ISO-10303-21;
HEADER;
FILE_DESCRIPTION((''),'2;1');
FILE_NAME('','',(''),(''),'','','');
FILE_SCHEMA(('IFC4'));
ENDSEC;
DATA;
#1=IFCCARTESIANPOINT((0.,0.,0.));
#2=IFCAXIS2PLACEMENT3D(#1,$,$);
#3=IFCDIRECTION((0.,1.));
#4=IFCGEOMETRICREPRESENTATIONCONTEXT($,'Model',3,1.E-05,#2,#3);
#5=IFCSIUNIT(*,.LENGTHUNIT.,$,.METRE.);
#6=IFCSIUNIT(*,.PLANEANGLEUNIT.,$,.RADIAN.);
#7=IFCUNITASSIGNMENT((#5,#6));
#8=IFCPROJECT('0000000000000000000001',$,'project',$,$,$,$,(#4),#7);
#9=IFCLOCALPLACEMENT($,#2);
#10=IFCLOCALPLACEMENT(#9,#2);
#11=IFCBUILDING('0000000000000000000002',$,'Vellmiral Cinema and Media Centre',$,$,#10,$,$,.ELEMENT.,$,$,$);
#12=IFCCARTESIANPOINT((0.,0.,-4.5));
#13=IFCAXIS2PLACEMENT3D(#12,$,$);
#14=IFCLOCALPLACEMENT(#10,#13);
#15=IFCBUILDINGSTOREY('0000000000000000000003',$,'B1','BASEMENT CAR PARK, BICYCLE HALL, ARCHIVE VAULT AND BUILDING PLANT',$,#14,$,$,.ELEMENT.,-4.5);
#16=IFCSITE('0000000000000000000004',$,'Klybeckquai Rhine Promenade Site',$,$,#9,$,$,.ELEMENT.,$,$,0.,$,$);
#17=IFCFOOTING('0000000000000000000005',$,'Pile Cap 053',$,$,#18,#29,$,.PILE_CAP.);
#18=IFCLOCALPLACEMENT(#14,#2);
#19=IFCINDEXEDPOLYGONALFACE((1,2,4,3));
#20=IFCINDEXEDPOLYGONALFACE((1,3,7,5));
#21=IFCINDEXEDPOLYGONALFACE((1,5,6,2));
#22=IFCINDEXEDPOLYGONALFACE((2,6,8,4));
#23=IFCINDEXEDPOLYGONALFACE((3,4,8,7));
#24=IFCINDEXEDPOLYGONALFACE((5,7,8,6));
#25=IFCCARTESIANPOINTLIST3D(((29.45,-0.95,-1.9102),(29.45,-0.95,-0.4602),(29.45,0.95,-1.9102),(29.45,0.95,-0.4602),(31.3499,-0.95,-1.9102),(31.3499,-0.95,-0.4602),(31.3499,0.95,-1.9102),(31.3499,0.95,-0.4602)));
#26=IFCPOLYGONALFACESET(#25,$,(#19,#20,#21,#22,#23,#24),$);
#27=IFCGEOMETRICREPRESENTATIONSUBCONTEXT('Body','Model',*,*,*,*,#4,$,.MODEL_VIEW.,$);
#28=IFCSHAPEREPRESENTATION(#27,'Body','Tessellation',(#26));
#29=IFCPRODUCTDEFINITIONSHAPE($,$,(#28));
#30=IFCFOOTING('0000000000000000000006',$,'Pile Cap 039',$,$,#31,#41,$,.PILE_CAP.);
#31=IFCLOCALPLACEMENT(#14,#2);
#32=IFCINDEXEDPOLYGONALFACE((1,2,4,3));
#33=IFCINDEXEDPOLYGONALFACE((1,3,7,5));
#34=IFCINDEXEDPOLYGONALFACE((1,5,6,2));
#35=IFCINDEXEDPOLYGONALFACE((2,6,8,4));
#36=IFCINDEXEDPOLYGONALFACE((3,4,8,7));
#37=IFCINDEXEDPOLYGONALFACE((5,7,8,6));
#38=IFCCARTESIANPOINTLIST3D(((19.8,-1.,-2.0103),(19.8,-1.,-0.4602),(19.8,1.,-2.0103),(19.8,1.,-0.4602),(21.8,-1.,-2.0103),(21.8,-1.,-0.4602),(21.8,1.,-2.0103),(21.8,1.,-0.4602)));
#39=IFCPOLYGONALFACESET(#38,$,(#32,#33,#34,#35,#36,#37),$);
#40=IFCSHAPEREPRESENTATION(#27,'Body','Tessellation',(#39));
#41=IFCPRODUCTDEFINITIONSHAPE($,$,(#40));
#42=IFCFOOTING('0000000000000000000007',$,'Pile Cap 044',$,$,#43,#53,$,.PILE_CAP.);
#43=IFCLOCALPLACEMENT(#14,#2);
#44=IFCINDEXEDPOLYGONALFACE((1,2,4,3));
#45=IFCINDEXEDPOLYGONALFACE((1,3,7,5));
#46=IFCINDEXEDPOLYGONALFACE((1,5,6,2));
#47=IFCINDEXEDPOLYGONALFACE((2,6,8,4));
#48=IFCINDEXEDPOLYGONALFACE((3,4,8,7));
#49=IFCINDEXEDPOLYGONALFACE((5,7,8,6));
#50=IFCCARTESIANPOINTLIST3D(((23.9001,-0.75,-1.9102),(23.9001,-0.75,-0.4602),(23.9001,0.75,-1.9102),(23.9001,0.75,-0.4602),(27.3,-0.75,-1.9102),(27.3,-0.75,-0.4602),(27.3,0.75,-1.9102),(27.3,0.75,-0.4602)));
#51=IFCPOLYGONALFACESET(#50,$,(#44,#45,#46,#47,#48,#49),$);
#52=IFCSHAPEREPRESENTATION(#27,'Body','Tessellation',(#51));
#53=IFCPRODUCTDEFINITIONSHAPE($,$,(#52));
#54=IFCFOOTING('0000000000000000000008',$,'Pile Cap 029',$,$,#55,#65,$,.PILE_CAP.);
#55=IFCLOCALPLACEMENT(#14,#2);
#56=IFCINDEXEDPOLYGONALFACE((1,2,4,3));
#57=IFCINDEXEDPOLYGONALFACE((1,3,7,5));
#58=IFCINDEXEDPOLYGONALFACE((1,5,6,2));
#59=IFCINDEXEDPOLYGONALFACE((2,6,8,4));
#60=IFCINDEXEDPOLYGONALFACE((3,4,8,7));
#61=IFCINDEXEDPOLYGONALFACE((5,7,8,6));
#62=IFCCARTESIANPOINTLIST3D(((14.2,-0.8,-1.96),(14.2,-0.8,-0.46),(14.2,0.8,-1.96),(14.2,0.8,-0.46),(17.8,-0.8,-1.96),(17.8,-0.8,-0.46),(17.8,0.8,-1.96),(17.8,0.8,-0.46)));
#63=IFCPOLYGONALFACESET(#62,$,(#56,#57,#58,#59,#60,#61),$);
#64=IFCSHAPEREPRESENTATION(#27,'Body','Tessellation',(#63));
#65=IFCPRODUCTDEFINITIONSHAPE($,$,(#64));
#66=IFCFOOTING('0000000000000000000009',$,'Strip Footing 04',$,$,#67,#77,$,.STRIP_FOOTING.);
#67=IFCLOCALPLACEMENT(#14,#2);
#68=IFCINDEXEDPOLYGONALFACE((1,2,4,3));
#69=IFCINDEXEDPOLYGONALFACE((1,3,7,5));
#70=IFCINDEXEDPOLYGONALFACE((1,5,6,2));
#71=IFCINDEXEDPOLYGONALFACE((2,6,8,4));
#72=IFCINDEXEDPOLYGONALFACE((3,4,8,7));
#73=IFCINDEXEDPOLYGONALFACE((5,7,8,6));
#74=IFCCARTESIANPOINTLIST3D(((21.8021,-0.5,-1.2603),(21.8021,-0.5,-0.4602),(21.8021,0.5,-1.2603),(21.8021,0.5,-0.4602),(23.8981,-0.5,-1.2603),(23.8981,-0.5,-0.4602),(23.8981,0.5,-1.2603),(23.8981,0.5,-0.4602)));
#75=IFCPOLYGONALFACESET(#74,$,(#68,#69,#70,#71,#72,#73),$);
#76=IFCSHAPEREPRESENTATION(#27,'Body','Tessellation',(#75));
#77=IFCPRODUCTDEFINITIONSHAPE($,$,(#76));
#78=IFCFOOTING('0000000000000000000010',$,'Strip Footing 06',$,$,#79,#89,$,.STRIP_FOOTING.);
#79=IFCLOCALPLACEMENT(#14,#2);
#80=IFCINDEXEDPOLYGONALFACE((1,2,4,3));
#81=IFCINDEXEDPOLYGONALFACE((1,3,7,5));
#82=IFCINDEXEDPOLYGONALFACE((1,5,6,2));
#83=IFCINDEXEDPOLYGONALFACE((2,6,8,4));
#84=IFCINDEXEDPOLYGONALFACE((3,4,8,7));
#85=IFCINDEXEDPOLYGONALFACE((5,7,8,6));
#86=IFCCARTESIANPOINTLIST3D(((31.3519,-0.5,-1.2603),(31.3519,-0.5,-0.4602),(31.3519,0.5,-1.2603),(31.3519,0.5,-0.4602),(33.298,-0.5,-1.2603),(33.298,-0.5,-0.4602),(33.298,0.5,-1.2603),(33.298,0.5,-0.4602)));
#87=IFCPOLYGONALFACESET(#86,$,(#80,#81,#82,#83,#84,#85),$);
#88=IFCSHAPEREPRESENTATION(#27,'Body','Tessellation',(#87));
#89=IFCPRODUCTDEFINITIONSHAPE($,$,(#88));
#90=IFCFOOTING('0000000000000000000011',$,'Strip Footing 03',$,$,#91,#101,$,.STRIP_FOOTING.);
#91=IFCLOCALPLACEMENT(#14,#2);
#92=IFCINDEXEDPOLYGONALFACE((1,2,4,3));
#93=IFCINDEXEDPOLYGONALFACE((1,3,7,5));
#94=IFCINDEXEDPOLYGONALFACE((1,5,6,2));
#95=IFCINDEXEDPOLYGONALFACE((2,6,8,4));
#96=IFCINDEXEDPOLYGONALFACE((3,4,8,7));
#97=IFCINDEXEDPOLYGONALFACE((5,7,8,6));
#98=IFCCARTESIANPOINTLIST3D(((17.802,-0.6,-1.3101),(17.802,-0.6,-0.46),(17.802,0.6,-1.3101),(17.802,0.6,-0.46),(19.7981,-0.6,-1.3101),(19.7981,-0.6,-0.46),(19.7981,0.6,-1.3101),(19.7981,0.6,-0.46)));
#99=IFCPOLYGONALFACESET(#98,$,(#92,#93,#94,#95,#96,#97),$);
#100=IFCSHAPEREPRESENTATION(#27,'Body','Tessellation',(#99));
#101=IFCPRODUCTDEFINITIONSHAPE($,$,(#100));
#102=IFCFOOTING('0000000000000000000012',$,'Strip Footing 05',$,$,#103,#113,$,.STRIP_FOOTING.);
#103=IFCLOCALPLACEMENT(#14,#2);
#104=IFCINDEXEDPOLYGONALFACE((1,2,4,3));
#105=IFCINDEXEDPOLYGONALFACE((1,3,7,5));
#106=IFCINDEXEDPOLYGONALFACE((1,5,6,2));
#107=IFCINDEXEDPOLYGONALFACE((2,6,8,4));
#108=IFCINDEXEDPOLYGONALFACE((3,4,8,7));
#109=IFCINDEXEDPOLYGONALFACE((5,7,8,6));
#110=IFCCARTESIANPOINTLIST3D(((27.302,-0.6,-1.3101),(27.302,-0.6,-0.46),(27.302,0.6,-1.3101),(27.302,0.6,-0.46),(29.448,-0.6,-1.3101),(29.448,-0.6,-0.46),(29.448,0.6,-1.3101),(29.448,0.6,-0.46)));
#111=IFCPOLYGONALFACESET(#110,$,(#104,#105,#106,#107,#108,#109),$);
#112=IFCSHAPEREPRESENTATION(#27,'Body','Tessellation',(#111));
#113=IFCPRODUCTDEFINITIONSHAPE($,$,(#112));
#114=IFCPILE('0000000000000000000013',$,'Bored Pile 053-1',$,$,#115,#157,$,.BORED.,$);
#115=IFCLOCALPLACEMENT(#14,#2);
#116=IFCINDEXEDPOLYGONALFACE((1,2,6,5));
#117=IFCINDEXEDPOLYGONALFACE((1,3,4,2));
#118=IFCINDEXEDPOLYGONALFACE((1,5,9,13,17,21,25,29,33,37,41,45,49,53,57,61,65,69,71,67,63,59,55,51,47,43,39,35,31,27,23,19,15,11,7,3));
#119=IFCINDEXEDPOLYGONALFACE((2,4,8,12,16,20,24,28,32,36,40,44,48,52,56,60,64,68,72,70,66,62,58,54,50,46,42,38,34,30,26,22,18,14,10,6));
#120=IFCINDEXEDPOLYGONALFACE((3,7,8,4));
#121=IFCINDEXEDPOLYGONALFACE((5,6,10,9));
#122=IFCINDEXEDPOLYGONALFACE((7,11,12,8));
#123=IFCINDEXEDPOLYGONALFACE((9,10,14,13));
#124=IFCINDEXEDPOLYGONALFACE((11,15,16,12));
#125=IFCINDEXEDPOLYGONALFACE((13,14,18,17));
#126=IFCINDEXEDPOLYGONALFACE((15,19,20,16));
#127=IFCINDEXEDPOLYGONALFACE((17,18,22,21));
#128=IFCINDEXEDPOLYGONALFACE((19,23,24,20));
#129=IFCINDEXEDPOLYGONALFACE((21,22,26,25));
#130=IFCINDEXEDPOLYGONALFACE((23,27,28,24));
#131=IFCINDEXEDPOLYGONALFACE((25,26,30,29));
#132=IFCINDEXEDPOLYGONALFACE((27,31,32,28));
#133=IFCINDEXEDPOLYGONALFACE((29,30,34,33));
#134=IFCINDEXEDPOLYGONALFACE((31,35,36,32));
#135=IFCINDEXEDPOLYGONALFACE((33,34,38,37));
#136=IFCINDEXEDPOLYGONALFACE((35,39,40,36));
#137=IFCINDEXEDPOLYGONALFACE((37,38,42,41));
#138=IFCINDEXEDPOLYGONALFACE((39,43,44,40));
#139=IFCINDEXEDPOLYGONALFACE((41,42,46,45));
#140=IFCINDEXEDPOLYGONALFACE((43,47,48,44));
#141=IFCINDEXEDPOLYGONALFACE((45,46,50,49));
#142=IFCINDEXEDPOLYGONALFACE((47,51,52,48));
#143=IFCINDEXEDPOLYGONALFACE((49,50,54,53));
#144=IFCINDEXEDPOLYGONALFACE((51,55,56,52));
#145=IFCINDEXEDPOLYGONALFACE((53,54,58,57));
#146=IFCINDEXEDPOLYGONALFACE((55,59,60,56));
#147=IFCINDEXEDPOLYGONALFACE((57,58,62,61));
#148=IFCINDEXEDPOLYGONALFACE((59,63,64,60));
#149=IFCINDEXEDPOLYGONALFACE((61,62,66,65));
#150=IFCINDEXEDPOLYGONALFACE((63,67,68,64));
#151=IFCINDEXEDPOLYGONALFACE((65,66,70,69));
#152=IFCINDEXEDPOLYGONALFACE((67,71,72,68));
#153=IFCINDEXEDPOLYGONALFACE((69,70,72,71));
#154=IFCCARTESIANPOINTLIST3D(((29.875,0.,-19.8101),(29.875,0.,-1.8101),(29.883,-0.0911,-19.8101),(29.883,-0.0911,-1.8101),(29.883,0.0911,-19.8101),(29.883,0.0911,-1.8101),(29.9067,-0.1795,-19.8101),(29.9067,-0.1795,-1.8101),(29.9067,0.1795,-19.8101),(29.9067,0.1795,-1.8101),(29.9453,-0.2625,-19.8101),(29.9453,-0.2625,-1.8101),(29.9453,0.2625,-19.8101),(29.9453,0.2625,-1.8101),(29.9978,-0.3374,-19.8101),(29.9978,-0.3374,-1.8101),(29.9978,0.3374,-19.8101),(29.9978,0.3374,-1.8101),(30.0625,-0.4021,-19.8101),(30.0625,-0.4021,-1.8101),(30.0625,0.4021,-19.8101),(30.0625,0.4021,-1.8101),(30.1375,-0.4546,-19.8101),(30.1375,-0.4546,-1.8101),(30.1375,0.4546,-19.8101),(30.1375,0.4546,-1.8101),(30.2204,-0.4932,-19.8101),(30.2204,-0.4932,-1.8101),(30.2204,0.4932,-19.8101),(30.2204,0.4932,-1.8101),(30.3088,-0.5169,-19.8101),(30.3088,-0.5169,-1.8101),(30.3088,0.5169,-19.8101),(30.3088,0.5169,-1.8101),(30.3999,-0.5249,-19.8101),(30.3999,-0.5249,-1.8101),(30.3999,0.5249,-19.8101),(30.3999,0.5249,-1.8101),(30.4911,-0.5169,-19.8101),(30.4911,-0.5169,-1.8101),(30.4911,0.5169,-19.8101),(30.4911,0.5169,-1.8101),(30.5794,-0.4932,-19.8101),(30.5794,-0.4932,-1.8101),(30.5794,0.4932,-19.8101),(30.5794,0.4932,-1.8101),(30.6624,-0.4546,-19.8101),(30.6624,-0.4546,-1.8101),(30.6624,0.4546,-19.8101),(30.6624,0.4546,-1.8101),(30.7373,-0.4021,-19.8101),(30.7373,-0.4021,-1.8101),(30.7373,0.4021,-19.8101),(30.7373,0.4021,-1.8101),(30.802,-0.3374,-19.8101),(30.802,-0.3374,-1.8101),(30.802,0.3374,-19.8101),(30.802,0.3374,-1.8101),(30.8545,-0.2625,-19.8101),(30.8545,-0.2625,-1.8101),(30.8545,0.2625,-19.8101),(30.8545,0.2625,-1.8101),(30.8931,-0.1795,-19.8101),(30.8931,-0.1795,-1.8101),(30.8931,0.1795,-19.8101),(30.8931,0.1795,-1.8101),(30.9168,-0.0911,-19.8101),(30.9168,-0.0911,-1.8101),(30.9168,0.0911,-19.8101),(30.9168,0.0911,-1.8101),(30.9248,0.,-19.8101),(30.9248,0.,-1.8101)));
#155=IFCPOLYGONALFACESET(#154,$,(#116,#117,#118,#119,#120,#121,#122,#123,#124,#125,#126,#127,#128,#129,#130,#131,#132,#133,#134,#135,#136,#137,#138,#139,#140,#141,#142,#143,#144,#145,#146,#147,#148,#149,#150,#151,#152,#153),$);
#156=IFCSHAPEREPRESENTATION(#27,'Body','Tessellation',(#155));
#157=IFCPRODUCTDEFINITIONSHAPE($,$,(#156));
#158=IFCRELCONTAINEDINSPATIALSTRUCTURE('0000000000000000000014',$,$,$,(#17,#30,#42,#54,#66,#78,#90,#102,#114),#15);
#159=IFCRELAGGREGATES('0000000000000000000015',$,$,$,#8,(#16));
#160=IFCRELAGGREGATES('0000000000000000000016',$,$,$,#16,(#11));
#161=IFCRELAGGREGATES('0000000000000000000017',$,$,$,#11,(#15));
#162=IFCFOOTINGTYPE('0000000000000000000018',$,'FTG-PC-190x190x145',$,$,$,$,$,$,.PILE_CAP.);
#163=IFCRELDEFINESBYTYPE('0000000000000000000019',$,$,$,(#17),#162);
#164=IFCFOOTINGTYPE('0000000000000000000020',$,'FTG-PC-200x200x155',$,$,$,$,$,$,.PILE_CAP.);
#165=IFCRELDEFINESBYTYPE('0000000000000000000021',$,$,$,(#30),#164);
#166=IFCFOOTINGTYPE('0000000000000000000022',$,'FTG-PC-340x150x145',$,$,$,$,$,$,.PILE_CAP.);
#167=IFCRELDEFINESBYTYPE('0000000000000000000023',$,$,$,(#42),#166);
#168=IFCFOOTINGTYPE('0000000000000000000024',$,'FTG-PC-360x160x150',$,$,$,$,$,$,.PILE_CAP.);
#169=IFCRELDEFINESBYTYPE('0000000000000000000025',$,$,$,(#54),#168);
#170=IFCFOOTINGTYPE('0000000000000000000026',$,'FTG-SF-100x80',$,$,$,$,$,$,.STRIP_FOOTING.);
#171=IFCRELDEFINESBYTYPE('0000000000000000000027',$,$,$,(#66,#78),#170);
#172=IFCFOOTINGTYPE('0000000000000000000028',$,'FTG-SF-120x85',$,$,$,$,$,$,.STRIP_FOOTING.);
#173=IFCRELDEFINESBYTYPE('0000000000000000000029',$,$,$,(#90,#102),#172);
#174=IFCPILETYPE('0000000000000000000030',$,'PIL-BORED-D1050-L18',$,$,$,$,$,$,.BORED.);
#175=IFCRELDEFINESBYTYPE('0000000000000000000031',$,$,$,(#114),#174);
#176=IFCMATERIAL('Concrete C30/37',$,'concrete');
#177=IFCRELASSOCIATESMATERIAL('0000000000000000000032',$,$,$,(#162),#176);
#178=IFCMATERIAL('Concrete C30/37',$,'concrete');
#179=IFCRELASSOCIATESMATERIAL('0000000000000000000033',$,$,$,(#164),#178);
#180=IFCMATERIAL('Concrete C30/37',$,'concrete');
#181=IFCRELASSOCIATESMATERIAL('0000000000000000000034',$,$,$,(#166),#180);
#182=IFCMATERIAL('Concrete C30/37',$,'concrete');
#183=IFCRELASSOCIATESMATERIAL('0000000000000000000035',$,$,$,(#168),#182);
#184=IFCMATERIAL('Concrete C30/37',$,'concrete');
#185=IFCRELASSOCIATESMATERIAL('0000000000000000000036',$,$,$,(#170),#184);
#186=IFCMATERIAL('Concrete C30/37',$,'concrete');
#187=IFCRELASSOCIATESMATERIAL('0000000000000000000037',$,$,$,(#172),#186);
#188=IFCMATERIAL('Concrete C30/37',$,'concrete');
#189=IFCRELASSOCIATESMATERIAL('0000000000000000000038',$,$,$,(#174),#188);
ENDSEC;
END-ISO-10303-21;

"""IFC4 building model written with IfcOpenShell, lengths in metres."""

from ifc_helpers import new_model, si_unit, direction, frame, origin, origin_2d, place, context, subcontext, project, spatial, rectangle, circle, extrude, material, material_profile, profile_set, type_object, element, save


model = new_model("IFC4")

# Units and contexts
model_context = context("Model", 3, precision=1e-05, world=origin(), true_north=direction((0.0, 1.0)))
body_context = subcontext(model_context, "Body", "Model", "MODEL_VIEW")
ifc_project = project(units=[si_unit("LENGTHUNIT", "METRE"), si_unit("PLANEANGLEUNIT", "RADIAN")], contexts=[model_context])

# Site, building, storey
site_placement = place(None, origin())
site = spatial("IfcSite", under=ifc_project, at=site_placement, Name="Klybeckquai Rhine Promenade Site", CompositionType="ELEMENT", RefElevation=0.0)
building_placement = place(site_placement, origin())
building = spatial("IfcBuilding", under=site, at=building_placement, Name="Vellmiral Cinema and Media Centre", CompositionType="ELEMENT")
storey_placement = place(building_placement, frame((0.0, 0.0, -4.5)))
storey = spatial("IfcBuildingStorey", under=building, at=storey_placement, Name="B1", Description="BASEMENT CAR PARK, BICYCLE HALL, ARCHIVE VAULT AND BUILDING PLANT", CompositionType="ELEMENT", Elevation=-4.5)

# Footings
ifc_material_1 = material(Name="Concrete C30/37", Category="concrete")
footing_type_1 = type_object("IfcFootingType", Name="FTG-PC-190x190x145", PredefinedType="PILE_CAP", material=ifc_material_1)
footing_1_placement = place(storey_placement, frame((30.3999, 0.0, -1.9102), z_axis=(0.0, 0.0, 1.0), x_axis=(1.0, 0.0, 0.0)))
element("IfcFooting", 1, at=footing_1_placement, inside=storey, type_object=footing_type_1, Name="Pile Cap 053", PredefinedType="PILE_CAP", context=body_context, shape_type="SweptSolid", body=[
    extrude(rectangle(XDim=1.8999, YDim=1.8999, at=origin_2d()), origin(), (0.0, 0.0, 1.0), 1.45),
])
ifc_material_2 = material(Name="Concrete C30/37", Category="concrete")
footing_type_2 = type_object("IfcFootingType", Name="FTG-PC-200x200x155", PredefinedType="PILE_CAP", material=ifc_material_2)
footing_2_placement = place(storey_placement, frame((20.8, 0.0, -2.0103), z_axis=(0.0, 0.0, 1.0), x_axis=(1.0, 0.0, 0.0)))
element("IfcFooting", 2, at=footing_2_placement, inside=storey, type_object=footing_type_2, Name="Pile Cap 039", PredefinedType="PILE_CAP", context=body_context, shape_type="SweptSolid", body=[
    extrude(rectangle(XDim=2.0, YDim=2.0, at=origin_2d()), origin(), (0.0, 0.0, 1.0), 1.55),
])
ifc_material_3 = material(Name="Concrete C30/37", Category="concrete")
footing_type_3 = type_object("IfcFootingType", Name="FTG-PC-340x150x145", PredefinedType="PILE_CAP", material=ifc_material_3)
footing_3_placement = place(storey_placement, frame((25.6001, 0.0, -1.9102), z_axis=(0.0, 0.0, 1.0), x_axis=(1.0, 0.0, 0.0)))
element("IfcFooting", 3, at=footing_3_placement, inside=storey, type_object=footing_type_3, Name="Pile Cap 044", PredefinedType="PILE_CAP", context=body_context, shape_type="SweptSolid", body=[
    extrude(rectangle(XDim=3.3999, YDim=1.5, at=origin_2d()), origin(), (0.0, 0.0, 1.0), 1.45),
])
ifc_material_4 = material(Name="Concrete C30/37", Category="concrete")
footing_type_4 = type_object("IfcFootingType", Name="FTG-PC-360x160x150", PredefinedType="PILE_CAP", material=ifc_material_4)
footing_4_placement = place(storey_placement, frame((16.0, 0.0, -1.96), z_axis=(0.0, 0.0, 1.0), x_axis=(1.0, 0.0, 0.0)))
element("IfcFooting", 4, at=footing_4_placement, inside=storey, type_object=footing_type_4, Name="Pile Cap 029", PredefinedType="PILE_CAP", context=body_context, shape_type="SweptSolid", body=[
    extrude(rectangle(XDim=3.6001, YDim=1.6001, at=origin_2d()), origin(), (0.0, 0.0, 1.0), 1.5),
])
ifc_material_5 = material(Name="Concrete C30/37", Category="concrete")
footing_type_5 = type_object("IfcFootingType", Name="FTG-SF-100x80", PredefinedType="STRIP_FOOTING", material=ifc_material_5)
footing_5_placement = place(storey_placement, frame((22.8501, 0.0, -1.2603), z_axis=(0.0, 0.0, 1.0), x_axis=(1.0, 0.0, 0.0)))
element("IfcFooting", 5, at=footing_5_placement, inside=storey, type_object=footing_type_5, Name="Strip Footing 04", PredefinedType="STRIP_FOOTING", context=body_context, shape_type="SweptSolid", body=[
    extrude(rectangle(XDim=2.0959, YDim=1.0, at=origin_2d()), origin(), (0.0, 0.0, 1.0), 0.8),
])
footing_6_placement = place(storey_placement, frame((32.325, 0.0, -1.2603), z_axis=(0.0, 0.0, 1.0), x_axis=(1.0, 0.0, 0.0)))
element("IfcFooting", 6, at=footing_6_placement, inside=storey, type_object=footing_type_5, Name="Strip Footing 06", PredefinedType="STRIP_FOOTING", context=body_context, shape_type="SweptSolid", body=[
    extrude(rectangle(XDim=1.946, YDim=1.0, at=origin_2d()), origin(), (0.0, 0.0, 1.0), 0.8),
])
ifc_material_6 = material(Name="Concrete C30/37", Category="concrete")
footing_type_6 = type_object("IfcFootingType", Name="FTG-SF-120x85", PredefinedType="STRIP_FOOTING", material=ifc_material_6)
footing_7_placement = place(storey_placement, frame((18.8, 0.0, -1.3101), z_axis=(0.0, 0.0, 1.0), x_axis=(1.0, 0.0, 0.0)))
element("IfcFooting", 7, at=footing_7_placement, inside=storey, type_object=footing_type_6, Name="Strip Footing 03", PredefinedType="STRIP_FOOTING", context=body_context, shape_type="SweptSolid", body=[
    extrude(rectangle(XDim=1.9961, YDim=1.2, at=origin_2d()), origin(), (0.0, 0.0, 1.0), 0.8501),
])
footing_8_placement = place(storey_placement, frame((28.375, 0.0, -1.3101), z_axis=(0.0, 0.0, 1.0), x_axis=(1.0, 0.0, 0.0)))
element("IfcFooting", 8, at=footing_8_placement, inside=storey, type_object=footing_type_6, Name="Strip Footing 05", PredefinedType="STRIP_FOOTING", context=body_context, shape_type="SweptSolid", body=[
    extrude(rectangle(XDim=2.146, YDim=1.2, at=origin_2d()), origin(), (0.0, 0.0, 1.0), 0.8501),
])

# Pile
ifc_material_7 = material(Name="Concrete C30/37", Category="concrete")
ifc_material_profile_1 = material_profile(ifc_material_7, circle(Radius=0.5249, at=origin_2d()), Name="PILE D1050")
ifc_profile_set_1 = profile_set([ifc_material_profile_1], Name="Concrete C30/37")
pile_type_1 = type_object("IfcPileType", Name="PIL-BORED-D1050-L18", PredefinedType="BORED", material=ifc_profile_set_1)
pile_1_placement = place(storey_placement, frame((30.3999, 0.0, -1.8101), z_axis=(0.0, 0.0, -1.0), x_axis=(1.0, 0.0, 0.0)))
element("IfcPile", 9, at=pile_1_placement, inside=storey, type_object=pile_type_1, Name="Bored Pile 053-1", PredefinedType="BORED", context=body_context, shape_type="SweptSolid", body=[
    extrude(circle(Radius=0.5249, at=origin_2d()), origin(), (0.0, 0.0, 1.0), 18.0),
])

save(model, "model.ifc")
